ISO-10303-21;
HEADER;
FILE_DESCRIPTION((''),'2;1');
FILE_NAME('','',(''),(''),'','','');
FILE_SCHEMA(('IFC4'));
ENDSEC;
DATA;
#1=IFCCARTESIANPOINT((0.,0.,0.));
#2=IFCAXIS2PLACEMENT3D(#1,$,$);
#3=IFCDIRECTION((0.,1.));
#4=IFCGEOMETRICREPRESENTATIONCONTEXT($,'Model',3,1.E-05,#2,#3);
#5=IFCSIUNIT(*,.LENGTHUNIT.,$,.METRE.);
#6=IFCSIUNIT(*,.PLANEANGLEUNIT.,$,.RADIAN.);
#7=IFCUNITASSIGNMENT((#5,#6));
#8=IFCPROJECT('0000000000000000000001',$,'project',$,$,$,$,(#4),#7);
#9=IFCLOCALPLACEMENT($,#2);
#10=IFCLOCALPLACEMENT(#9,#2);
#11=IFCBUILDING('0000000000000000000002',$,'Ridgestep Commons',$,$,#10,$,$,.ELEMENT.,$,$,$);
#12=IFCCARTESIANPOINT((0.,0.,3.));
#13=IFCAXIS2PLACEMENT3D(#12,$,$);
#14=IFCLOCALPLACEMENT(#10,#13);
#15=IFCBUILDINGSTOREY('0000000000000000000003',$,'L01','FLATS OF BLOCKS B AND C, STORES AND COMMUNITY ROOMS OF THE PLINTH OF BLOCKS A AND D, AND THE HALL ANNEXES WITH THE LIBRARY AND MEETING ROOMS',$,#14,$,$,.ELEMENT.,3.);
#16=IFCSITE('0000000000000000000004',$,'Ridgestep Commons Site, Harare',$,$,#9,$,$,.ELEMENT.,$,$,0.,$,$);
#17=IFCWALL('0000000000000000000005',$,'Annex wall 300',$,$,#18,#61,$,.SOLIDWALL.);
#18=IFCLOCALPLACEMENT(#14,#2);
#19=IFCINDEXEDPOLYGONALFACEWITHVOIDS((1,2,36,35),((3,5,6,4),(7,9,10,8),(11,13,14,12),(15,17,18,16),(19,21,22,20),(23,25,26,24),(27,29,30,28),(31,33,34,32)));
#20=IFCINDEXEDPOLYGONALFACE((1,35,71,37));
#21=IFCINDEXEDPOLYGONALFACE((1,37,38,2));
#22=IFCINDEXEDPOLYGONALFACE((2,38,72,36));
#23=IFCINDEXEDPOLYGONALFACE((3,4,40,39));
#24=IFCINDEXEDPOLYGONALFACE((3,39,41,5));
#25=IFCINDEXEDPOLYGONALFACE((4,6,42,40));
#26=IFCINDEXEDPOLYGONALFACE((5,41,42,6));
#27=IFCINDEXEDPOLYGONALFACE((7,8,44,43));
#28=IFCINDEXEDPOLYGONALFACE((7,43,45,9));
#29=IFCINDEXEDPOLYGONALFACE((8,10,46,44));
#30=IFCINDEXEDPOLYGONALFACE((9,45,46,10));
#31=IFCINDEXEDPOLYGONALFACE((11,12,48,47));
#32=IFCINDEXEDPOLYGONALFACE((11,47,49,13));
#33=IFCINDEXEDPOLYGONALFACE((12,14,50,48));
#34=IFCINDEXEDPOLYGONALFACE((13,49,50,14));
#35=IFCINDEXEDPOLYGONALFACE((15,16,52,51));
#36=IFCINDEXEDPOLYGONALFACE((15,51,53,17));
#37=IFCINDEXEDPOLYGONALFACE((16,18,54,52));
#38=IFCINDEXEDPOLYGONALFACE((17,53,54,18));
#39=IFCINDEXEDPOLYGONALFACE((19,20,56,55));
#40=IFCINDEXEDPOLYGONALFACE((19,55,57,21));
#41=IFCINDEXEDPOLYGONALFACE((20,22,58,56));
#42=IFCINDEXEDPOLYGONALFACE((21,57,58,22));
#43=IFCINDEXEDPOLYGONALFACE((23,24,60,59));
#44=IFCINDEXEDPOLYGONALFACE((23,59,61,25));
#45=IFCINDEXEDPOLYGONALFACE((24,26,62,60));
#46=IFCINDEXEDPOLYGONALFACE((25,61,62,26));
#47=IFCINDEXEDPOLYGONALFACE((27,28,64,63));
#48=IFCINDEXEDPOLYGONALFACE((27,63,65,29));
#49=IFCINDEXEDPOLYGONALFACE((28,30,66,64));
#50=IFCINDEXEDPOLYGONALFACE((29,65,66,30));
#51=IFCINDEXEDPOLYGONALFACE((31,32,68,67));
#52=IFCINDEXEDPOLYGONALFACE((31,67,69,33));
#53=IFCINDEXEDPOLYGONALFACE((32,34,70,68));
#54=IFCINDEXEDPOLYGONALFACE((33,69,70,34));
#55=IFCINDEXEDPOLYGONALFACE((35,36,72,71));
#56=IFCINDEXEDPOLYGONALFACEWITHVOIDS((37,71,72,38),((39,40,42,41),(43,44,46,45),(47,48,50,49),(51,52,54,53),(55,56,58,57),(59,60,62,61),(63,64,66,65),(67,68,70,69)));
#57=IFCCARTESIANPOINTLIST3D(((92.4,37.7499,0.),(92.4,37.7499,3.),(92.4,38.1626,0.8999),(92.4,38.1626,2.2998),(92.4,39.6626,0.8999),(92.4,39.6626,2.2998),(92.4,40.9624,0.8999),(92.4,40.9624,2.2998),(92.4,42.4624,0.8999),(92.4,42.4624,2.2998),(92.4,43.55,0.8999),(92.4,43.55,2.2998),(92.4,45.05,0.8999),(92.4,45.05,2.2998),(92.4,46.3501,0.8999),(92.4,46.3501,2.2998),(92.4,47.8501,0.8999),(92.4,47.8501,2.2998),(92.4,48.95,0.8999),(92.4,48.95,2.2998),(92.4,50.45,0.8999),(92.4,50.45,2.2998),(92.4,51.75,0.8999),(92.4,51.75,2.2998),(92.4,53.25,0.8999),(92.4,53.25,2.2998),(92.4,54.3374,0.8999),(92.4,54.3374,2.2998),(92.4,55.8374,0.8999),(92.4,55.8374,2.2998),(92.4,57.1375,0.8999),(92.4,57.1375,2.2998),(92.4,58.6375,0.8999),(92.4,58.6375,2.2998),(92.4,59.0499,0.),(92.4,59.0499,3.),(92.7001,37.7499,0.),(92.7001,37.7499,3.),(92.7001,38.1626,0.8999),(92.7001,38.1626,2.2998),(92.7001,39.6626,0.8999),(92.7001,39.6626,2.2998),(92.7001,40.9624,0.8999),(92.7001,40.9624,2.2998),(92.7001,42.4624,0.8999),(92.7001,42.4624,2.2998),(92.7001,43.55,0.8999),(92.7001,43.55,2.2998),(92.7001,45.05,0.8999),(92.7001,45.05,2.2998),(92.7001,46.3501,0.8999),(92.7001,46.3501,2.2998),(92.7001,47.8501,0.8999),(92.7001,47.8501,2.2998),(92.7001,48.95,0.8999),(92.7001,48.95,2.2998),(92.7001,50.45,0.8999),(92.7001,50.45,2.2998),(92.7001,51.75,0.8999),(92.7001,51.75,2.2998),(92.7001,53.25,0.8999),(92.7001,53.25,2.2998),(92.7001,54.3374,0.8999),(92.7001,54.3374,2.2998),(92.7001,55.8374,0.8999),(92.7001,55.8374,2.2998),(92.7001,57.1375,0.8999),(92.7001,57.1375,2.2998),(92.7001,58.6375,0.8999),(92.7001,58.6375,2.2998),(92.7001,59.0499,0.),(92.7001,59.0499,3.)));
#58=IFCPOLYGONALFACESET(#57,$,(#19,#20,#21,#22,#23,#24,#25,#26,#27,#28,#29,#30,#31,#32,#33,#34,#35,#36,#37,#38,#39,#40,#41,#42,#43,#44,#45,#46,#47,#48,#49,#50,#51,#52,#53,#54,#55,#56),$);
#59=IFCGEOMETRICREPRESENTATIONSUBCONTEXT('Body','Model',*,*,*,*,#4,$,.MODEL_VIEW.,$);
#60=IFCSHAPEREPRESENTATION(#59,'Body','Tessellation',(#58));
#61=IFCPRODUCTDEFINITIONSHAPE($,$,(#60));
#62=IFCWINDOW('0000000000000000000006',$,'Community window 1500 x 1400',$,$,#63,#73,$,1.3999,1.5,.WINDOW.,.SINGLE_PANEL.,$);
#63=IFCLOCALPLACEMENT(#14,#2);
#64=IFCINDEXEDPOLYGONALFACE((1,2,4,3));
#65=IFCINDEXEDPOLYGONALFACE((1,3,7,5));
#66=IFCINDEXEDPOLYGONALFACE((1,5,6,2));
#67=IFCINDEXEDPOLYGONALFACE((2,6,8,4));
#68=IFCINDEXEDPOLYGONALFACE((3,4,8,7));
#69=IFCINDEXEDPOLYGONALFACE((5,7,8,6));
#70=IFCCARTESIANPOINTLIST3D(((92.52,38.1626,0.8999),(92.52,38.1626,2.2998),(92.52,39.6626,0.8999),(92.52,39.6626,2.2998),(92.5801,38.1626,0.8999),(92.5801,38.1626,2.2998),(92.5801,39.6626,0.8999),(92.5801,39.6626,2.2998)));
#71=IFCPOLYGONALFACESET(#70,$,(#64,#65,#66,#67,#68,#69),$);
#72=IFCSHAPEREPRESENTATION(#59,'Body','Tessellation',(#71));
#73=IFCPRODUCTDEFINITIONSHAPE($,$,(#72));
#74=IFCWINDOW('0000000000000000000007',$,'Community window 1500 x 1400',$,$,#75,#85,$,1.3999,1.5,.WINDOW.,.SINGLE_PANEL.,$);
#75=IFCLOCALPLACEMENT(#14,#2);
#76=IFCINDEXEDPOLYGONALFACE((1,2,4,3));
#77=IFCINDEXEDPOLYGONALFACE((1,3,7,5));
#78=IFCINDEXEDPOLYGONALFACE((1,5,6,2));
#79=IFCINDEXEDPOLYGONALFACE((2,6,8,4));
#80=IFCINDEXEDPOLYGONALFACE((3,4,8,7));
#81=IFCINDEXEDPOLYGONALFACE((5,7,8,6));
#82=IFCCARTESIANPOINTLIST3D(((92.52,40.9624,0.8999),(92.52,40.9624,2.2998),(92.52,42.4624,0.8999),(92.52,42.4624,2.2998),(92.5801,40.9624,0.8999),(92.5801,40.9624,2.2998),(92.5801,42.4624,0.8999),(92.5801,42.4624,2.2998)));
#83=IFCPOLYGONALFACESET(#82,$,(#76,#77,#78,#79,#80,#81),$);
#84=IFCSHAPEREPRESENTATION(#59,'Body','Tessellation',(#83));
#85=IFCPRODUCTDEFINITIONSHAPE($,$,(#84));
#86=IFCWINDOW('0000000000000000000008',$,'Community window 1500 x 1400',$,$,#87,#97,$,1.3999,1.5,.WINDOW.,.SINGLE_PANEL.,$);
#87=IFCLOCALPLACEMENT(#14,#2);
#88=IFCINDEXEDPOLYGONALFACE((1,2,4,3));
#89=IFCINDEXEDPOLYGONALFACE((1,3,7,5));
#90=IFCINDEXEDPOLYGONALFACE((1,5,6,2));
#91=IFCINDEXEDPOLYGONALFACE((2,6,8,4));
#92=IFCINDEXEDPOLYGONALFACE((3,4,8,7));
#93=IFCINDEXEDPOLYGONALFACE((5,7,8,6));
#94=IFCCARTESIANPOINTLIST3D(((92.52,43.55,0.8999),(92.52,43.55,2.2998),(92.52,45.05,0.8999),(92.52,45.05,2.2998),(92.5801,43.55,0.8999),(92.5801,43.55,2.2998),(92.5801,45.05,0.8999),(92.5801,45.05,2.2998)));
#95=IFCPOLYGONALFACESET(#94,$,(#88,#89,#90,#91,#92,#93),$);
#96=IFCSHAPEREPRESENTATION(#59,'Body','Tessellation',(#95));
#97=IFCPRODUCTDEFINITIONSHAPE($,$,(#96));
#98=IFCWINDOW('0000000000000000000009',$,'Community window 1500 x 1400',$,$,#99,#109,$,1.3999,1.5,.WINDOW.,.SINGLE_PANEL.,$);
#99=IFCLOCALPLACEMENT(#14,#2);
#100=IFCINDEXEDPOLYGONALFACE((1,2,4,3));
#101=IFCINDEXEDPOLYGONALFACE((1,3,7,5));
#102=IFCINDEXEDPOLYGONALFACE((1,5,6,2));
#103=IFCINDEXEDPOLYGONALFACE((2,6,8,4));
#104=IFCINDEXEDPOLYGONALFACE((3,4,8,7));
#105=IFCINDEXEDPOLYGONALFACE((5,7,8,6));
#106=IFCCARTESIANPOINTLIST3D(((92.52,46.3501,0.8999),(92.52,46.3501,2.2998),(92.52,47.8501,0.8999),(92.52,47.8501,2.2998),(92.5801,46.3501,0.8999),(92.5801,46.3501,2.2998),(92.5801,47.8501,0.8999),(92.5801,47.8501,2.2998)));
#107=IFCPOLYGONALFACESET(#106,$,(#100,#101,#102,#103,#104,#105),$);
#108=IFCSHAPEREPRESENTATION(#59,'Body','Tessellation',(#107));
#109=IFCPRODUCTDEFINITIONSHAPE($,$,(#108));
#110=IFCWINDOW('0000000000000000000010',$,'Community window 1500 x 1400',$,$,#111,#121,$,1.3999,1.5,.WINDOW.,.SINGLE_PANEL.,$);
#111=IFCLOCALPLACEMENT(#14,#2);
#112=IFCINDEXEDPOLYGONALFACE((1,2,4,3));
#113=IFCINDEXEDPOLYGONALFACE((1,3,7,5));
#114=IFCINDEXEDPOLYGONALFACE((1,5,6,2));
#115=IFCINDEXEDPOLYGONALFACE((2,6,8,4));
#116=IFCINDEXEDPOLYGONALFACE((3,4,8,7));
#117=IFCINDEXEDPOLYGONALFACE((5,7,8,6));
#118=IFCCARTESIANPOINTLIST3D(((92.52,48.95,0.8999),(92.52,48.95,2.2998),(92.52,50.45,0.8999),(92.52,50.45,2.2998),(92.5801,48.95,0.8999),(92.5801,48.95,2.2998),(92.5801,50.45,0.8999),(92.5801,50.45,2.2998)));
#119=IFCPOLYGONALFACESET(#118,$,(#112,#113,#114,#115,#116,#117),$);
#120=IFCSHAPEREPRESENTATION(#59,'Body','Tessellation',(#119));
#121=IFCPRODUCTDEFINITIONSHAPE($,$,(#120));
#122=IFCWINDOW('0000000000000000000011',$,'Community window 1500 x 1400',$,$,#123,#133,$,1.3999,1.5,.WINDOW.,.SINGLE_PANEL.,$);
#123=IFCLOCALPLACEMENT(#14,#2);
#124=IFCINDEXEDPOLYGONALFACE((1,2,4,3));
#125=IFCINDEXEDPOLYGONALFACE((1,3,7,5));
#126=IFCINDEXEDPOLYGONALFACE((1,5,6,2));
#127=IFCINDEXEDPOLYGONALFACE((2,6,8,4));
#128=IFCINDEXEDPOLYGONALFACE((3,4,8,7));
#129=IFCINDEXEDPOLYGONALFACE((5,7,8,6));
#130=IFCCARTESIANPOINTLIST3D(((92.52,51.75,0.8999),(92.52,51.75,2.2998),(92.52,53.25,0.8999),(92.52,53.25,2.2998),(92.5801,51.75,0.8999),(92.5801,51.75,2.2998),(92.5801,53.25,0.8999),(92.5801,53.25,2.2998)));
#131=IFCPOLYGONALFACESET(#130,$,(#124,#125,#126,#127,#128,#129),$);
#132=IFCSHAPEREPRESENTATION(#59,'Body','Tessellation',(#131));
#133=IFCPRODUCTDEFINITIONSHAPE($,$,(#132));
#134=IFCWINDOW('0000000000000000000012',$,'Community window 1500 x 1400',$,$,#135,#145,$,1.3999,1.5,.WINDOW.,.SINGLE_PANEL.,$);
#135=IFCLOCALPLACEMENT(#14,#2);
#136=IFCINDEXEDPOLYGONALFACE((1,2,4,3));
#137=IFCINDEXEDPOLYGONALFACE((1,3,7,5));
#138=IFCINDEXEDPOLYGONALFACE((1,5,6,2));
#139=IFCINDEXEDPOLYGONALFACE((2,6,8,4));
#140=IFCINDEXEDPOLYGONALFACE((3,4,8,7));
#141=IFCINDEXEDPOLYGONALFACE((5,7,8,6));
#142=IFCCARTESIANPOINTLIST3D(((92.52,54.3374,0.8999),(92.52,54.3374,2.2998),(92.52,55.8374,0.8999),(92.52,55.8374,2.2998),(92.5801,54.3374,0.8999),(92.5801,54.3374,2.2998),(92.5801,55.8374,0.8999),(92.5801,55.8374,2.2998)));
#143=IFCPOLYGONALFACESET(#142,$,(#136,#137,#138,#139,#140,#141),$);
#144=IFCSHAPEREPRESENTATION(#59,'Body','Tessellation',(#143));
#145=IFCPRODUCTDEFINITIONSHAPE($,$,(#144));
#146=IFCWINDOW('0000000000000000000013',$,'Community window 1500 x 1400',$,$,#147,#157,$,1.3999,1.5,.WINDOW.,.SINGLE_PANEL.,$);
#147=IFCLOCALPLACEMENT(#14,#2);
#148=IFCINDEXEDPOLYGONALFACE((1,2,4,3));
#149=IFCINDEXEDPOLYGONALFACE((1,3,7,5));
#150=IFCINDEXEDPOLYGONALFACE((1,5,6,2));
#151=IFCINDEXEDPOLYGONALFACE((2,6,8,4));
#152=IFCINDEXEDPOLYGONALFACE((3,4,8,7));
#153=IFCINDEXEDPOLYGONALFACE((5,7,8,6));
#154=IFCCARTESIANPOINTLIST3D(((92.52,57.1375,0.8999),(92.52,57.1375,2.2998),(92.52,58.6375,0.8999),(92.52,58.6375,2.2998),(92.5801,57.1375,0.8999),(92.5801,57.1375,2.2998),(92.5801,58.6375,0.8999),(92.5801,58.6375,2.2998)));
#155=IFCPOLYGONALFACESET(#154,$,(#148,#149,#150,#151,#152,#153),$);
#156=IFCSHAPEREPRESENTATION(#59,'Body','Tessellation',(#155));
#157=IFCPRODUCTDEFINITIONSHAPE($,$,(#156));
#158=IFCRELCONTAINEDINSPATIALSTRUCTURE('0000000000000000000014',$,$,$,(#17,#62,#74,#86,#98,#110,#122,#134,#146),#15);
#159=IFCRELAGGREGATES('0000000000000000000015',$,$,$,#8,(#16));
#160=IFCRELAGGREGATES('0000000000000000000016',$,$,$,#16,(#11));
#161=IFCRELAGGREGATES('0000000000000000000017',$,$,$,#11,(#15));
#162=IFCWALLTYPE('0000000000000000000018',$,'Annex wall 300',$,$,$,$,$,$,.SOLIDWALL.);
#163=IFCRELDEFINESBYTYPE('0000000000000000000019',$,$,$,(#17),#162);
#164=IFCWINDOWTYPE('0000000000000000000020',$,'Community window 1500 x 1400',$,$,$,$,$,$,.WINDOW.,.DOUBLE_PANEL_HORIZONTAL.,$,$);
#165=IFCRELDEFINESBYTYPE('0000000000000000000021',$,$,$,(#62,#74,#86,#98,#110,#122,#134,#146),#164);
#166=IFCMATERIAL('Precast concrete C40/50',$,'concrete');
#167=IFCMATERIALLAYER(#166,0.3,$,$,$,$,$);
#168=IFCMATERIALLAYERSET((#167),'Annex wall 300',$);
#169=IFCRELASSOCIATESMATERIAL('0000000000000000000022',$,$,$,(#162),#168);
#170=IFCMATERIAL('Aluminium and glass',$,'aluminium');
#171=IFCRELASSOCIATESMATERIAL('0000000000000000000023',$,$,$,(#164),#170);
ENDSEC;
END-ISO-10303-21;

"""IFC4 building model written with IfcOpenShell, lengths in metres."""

from ifc_helpers import new_model, si_unit, direction, frame, frame_2d, origin, place, context, subcontext, project, spatial, rectangle, extrude, material, layer, layer_set, type_object, element, fill, save


model = new_model("IFC4")

# Units and contexts
model_context = context("Model", 3, precision=1e-05, world=origin(), true_north=direction((0.0, 1.0)))
body_context = subcontext(model_context, "Body", "Model", "MODEL_VIEW")
ifc_project = project(units=[si_unit("LENGTHUNIT", "METRE"), si_unit("PLANEANGLEUNIT", "RADIAN")], contexts=[model_context])

# Site, building, storey
site_placement = place(None, origin())
site = spatial("IfcSite", under=ifc_project, at=site_placement, Name="Ridgestep Commons Site, Harare", CompositionType="ELEMENT", RefElevation=0.0)
building_placement = place(site_placement, origin())
building = spatial("IfcBuilding", under=site, at=building_placement, Name="Ridgestep Commons", CompositionType="ELEMENT")
storey_placement = place(building_placement, frame((0.0, 0.0, 3.0)))
storey = spatial("IfcBuildingStorey", under=building, at=storey_placement, Name="L01", Description="FLATS OF BLOCKS B AND C, STORES AND COMMUNITY ROOMS OF THE PLINTH OF BLOCKS A AND D, AND THE HALL ANNEXES WITH THE LIBRARY AND MEETING ROOMS", CompositionType="ELEMENT", Elevation=3.0)

# Wall, openings, windows
ifc_material_1 = material(Name="Precast concrete C40/50", Category="concrete")
ifc_layer_1 = layer(ifc_material_1, 0.3)
ifc_layer_set_1 = layer_set([ifc_layer_1], Name="Annex wall 300")
wall_type_1 = type_object("IfcWallType", Name="Annex wall 300", PredefinedType="SOLIDWALL", material=ifc_layer_set_1)
wall_1_placement = place(storey_placement, frame((92.55, 37.75, 0.0), z_axis=(0.0, 0.0, 1.0), x_axis=(0.0, 1.0, 0.0)))
wall_1 = element("IfcWall", 1, at=wall_1_placement, inside=storey, type_object=wall_type_1, Name="Annex wall 300", PredefinedType="SOLIDWALL", context=body_context, shape_type="SweptSolid", body=[
    extrude(rectangle(XDim=21.3, YDim=0.3, at=frame_2d((10.6499, 0.0))), origin(), (0.0, 0.0, 1.0), 3.0),
])
opening_1_placement = place(wall_1_placement, frame((0.4126, 0.0, 0.8999)))
opening_1 = element("IfcOpeningElement", 2, at=opening_1_placement, cuts=wall_1, PredefinedType="OPENING", context=body_context, shape_type="SweptSolid", body=[
    extrude(rectangle(XDim=1.5, YDim=1.3999, at=frame_2d((0.75, 0.7))), frame((0.0, 0.1599, 0.0), z_axis=(0.0, -1.0, 0.0), x_axis=(1.0, 0.0, 0.0)), (0.0, 0.0, 1.0), 0.3201),
])
opening_2_placement = place(wall_1_placement, frame((3.2124, 0.0, 0.8999)))
opening_2 = element("IfcOpeningElement", 3, at=opening_2_placement, cuts=wall_1, PredefinedType="OPENING", context=body_context, shape_type="SweptSolid", body=[
    extrude(rectangle(XDim=1.5, YDim=1.3999, at=frame_2d((0.75, 0.7))), frame((0.0, 0.1599, 0.0), z_axis=(0.0, -1.0, 0.0), x_axis=(1.0, 0.0, 0.0)), (0.0, 0.0, 1.0), 0.3201),
])
opening_3_placement = place(wall_1_placement, frame((5.8, 0.0, 0.8999)))
opening_3 = element("IfcOpeningElement", 4, at=opening_3_placement, cuts=wall_1, PredefinedType="OPENING", context=body_context, shape_type="SweptSolid", body=[
    extrude(rectangle(XDim=1.5, YDim=1.3999, at=frame_2d((0.75, 0.7))), frame((0.0, 0.1599, 0.0), z_axis=(0.0, -1.0, 0.0), x_axis=(1.0, 0.0, 0.0)), (0.0, 0.0, 1.0), 0.3201),
])
opening_4_placement = place(wall_1_placement, frame((8.6001, 0.0, 0.8999)))
opening_4 = element("IfcOpeningElement", 5, at=opening_4_placement, cuts=wall_1, PredefinedType="OPENING", context=body_context, shape_type="SweptSolid", body=[
    extrude(rectangle(XDim=1.5, YDim=1.3999, at=frame_2d((0.75, 0.7))), frame((0.0, 0.1599, 0.0), z_axis=(0.0, -1.0, 0.0), x_axis=(1.0, 0.0, 0.0)), (0.0, 0.0, 1.0), 0.3201),
])
opening_5_placement = place(wall_1_placement, frame((11.2, 0.0, 0.8999)))
opening_5 = element("IfcOpeningElement", 6, at=opening_5_placement, cuts=wall_1, PredefinedType="OPENING", context=body_context, shape_type="SweptSolid", body=[
    extrude(rectangle(XDim=1.5, YDim=1.3999, at=frame_2d((0.75, 0.7))), frame((0.0, 0.1599, 0.0), z_axis=(0.0, -1.0, 0.0), x_axis=(1.0, 0.0, 0.0)), (0.0, 0.0, 1.0), 0.3201),
])
opening_6_placement = place(wall_1_placement, frame((14.0, 0.0, 0.8999)))
opening_6 = element("IfcOpeningElement", 7, at=opening_6_placement, cuts=wall_1, PredefinedType="OPENING", context=body_context, shape_type="SweptSolid", body=[
    extrude(rectangle(XDim=1.5, YDim=1.3999, at=frame_2d((0.75, 0.7))), frame((0.0, 0.1599, 0.0), z_axis=(0.0, -1.0, 0.0), x_axis=(1.0, 0.0, 0.0)), (0.0, 0.0, 1.0), 0.3201),
])
opening_7_placement = place(wall_1_placement, frame((16.5874, 0.0, 0.8999)))
opening_7 = element("IfcOpeningElement", 8, at=opening_7_placement, cuts=wall_1, PredefinedType="OPENING", context=body_context, shape_type="SweptSolid", body=[
    extrude(rectangle(XDim=1.5, YDim=1.3999, at=frame_2d((0.75, 0.7))), frame((0.0, 0.1599, 0.0), z_axis=(0.0, -1.0, 0.0), x_axis=(1.0, 0.0, 0.0)), (0.0, 0.0, 1.0), 0.3201),
])
opening_8_placement = place(wall_1_placement, frame((19.3875, 0.0, 0.8999)))
opening_8 = element("IfcOpeningElement", 9, at=opening_8_placement, cuts=wall_1, PredefinedType="OPENING", context=body_context, shape_type="SweptSolid", body=[
    extrude(rectangle(XDim=1.5, YDim=1.3999, at=frame_2d((0.75, 0.7))), frame((0.0, 0.1599, 0.0), z_axis=(0.0, -1.0, 0.0), x_axis=(1.0, 0.0, 0.0)), (0.0, 0.0, 1.0), 0.3201),
])
ifc_material_2 = material(Name="Aluminium and glass", Category="aluminium")
window_type = type_object("IfcWindowType", Name="Community window 1500 x 1400", PartitioningType="DOUBLE_PANEL_HORIZONTAL", PredefinedType="WINDOW", material=ifc_material_2)
window_1_placement = place(opening_1_placement, origin())
window_1 = element("IfcWindow", 10, at=window_1_placement, inside=storey, type_object=window_type, Name="Community window 1500 x 1400", OverallHeight=1.3999, OverallWidth=1.5, PartitioningType="SINGLE_PANEL", PredefinedType="WINDOW", context=body_context, shape_type="SweptSolid", body=[
    extrude(rectangle(XDim=1.5, YDim=1.3999, at=frame_2d((0.75, 0.7))), frame((0.0, 0.03, 0.0), z_axis=(0.0, -1.0, 0.0), x_axis=(1.0, 0.0, 0.0)), (0.0, 0.0, 1.0), 0.0601),
])
fill(opening_1, window_1)
window_2_placement = place(opening_2_placement, origin())
window_2 = element("IfcWindow", 11, at=window_2_placement, inside=storey, type_object=window_type, Name="Community window 1500 x 1400", OverallHeight=1.3999, OverallWidth=1.5, PartitioningType="SINGLE_PANEL", PredefinedType="WINDOW", context=body_context, shape_type="SweptSolid", body=[
    extrude(rectangle(XDim=1.5, YDim=1.3999, at=frame_2d((0.75, 0.7))), frame((0.0, 0.03, 0.0), z_axis=(0.0, -1.0, 0.0), x_axis=(1.0, 0.0, 0.0)), (0.0, 0.0, 1.0), 0.0601),
])
fill(opening_2, window_2)
window_3_placement = place(opening_3_placement, origin())
window_3 = element("IfcWindow", 12, at=window_3_placement, inside=storey, type_object=window_type, Name="Community window 1500 x 1400", OverallHeight=1.3999, OverallWidth=1.5, PartitioningType="SINGLE_PANEL", PredefinedType="WINDOW", context=body_context, shape_type="SweptSolid", body=[
    extrude(rectangle(XDim=1.5, YDim=1.3999, at=frame_2d((0.75, 0.7))), frame((0.0, 0.03, 0.0), z_axis=(0.0, -1.0, 0.0), x_axis=(1.0, 0.0, 0.0)), (0.0, 0.0, 1.0), 0.0601),
])
fill(opening_3, window_3)
window_4_placement = place(opening_4_placement, origin())
window_4 = element("IfcWindow", 13, at=window_4_placement, inside=storey, type_object=window_type, Name="Community window 1500 x 1400", OverallHeight=1.3999, OverallWidth=1.5, PartitioningType="SINGLE_PANEL", PredefinedType="WINDOW", context=body_context, shape_type="SweptSolid", body=[
    extrude(rectangle(XDim=1.5, YDim=1.3999, at=frame_2d((0.75, 0.7))), frame((0.0, 0.03, 0.0), z_axis=(0.0, -1.0, 0.0), x_axis=(1.0, 0.0, 0.0)), (0.0, 0.0, 1.0), 0.0601),
])
fill(opening_4, window_4)
window_5_placement = place(opening_5_placement, origin())
window_5 = element("IfcWindow", 14, at=window_5_placement, inside=storey, type_object=window_type, Name="Community window 1500 x 1400", OverallHeight=1.3999, OverallWidth=1.5, PartitioningType="SINGLE_PANEL", PredefinedType="WINDOW", context=body_context, shape_type="SweptSolid", body=[
    extrude(rectangle(XDim=1.5, YDim=1.3999, at=frame_2d((0.75, 0.7))), frame((0.0, 0.03, 0.0), z_axis=(0.0, -1.0, 0.0), x_axis=(1.0, 0.0, 0.0)), (0.0, 0.0, 1.0), 0.0601),
])
fill(opening_5, window_5)
window_6_placement = place(opening_6_placement, origin())
window_6 = element("IfcWindow", 15, at=window_6_placement, inside=storey, type_object=window_type, Name="Community window 1500 x 1400", OverallHeight=1.3999, OverallWidth=1.5, PartitioningType="SINGLE_PANEL", PredefinedType="WINDOW", context=body_context, shape_type="SweptSolid", body=[
    extrude(rectangle(XDim=1.5, YDim=1.3999, at=frame_2d((0.75, 0.7))), frame((0.0, 0.03, 0.0), z_axis=(0.0, -1.0, 0.0), x_axis=(1.0, 0.0, 0.0)), (0.0, 0.0, 1.0), 0.0601),
])
fill(opening_6, window_6)
window_7_placement = place(opening_7_placement, origin())
window_7 = element("IfcWindow", 16, at=window_7_placement, inside=storey, type_object=window_type, Name="Community window 1500 x 1400", OverallHeight=1.3999, OverallWidth=1.5, PartitioningType="SINGLE_PANEL", PredefinedType="WINDOW", context=body_context, shape_type="SweptSolid", body=[
    extrude(rectangle(XDim=1.5, YDim=1.3999, at=frame_2d((0.75, 0.7))), frame((0.0, 0.03, 0.0), z_axis=(0.0, -1.0, 0.0), x_axis=(1.0, 0.0, 0.0)), (0.0, 0.0, 1.0), 0.0601),
])
fill(opening_7, window_7)
window_8_placement = place(opening_8_placement, origin())
window_8 = element("IfcWindow", 17, at=window_8_placement, inside=storey, type_object=window_type, Name="Community window 1500 x 1400", OverallHeight=1.3999, OverallWidth=1.5, PartitioningType="SINGLE_PANEL", PredefinedType="WINDOW", context=body_context, shape_type="SweptSolid", body=[
    extrude(rectangle(XDim=1.5, YDim=1.3999, at=frame_2d((0.75, 0.7))), frame((0.0, 0.03, 0.0), z_axis=(0.0, -1.0, 0.0), x_axis=(1.0, 0.0, 0.0)), (0.0, 0.0, 1.0), 0.0601),
])
fill(opening_8, window_8)

save(model, "model.ifc")
